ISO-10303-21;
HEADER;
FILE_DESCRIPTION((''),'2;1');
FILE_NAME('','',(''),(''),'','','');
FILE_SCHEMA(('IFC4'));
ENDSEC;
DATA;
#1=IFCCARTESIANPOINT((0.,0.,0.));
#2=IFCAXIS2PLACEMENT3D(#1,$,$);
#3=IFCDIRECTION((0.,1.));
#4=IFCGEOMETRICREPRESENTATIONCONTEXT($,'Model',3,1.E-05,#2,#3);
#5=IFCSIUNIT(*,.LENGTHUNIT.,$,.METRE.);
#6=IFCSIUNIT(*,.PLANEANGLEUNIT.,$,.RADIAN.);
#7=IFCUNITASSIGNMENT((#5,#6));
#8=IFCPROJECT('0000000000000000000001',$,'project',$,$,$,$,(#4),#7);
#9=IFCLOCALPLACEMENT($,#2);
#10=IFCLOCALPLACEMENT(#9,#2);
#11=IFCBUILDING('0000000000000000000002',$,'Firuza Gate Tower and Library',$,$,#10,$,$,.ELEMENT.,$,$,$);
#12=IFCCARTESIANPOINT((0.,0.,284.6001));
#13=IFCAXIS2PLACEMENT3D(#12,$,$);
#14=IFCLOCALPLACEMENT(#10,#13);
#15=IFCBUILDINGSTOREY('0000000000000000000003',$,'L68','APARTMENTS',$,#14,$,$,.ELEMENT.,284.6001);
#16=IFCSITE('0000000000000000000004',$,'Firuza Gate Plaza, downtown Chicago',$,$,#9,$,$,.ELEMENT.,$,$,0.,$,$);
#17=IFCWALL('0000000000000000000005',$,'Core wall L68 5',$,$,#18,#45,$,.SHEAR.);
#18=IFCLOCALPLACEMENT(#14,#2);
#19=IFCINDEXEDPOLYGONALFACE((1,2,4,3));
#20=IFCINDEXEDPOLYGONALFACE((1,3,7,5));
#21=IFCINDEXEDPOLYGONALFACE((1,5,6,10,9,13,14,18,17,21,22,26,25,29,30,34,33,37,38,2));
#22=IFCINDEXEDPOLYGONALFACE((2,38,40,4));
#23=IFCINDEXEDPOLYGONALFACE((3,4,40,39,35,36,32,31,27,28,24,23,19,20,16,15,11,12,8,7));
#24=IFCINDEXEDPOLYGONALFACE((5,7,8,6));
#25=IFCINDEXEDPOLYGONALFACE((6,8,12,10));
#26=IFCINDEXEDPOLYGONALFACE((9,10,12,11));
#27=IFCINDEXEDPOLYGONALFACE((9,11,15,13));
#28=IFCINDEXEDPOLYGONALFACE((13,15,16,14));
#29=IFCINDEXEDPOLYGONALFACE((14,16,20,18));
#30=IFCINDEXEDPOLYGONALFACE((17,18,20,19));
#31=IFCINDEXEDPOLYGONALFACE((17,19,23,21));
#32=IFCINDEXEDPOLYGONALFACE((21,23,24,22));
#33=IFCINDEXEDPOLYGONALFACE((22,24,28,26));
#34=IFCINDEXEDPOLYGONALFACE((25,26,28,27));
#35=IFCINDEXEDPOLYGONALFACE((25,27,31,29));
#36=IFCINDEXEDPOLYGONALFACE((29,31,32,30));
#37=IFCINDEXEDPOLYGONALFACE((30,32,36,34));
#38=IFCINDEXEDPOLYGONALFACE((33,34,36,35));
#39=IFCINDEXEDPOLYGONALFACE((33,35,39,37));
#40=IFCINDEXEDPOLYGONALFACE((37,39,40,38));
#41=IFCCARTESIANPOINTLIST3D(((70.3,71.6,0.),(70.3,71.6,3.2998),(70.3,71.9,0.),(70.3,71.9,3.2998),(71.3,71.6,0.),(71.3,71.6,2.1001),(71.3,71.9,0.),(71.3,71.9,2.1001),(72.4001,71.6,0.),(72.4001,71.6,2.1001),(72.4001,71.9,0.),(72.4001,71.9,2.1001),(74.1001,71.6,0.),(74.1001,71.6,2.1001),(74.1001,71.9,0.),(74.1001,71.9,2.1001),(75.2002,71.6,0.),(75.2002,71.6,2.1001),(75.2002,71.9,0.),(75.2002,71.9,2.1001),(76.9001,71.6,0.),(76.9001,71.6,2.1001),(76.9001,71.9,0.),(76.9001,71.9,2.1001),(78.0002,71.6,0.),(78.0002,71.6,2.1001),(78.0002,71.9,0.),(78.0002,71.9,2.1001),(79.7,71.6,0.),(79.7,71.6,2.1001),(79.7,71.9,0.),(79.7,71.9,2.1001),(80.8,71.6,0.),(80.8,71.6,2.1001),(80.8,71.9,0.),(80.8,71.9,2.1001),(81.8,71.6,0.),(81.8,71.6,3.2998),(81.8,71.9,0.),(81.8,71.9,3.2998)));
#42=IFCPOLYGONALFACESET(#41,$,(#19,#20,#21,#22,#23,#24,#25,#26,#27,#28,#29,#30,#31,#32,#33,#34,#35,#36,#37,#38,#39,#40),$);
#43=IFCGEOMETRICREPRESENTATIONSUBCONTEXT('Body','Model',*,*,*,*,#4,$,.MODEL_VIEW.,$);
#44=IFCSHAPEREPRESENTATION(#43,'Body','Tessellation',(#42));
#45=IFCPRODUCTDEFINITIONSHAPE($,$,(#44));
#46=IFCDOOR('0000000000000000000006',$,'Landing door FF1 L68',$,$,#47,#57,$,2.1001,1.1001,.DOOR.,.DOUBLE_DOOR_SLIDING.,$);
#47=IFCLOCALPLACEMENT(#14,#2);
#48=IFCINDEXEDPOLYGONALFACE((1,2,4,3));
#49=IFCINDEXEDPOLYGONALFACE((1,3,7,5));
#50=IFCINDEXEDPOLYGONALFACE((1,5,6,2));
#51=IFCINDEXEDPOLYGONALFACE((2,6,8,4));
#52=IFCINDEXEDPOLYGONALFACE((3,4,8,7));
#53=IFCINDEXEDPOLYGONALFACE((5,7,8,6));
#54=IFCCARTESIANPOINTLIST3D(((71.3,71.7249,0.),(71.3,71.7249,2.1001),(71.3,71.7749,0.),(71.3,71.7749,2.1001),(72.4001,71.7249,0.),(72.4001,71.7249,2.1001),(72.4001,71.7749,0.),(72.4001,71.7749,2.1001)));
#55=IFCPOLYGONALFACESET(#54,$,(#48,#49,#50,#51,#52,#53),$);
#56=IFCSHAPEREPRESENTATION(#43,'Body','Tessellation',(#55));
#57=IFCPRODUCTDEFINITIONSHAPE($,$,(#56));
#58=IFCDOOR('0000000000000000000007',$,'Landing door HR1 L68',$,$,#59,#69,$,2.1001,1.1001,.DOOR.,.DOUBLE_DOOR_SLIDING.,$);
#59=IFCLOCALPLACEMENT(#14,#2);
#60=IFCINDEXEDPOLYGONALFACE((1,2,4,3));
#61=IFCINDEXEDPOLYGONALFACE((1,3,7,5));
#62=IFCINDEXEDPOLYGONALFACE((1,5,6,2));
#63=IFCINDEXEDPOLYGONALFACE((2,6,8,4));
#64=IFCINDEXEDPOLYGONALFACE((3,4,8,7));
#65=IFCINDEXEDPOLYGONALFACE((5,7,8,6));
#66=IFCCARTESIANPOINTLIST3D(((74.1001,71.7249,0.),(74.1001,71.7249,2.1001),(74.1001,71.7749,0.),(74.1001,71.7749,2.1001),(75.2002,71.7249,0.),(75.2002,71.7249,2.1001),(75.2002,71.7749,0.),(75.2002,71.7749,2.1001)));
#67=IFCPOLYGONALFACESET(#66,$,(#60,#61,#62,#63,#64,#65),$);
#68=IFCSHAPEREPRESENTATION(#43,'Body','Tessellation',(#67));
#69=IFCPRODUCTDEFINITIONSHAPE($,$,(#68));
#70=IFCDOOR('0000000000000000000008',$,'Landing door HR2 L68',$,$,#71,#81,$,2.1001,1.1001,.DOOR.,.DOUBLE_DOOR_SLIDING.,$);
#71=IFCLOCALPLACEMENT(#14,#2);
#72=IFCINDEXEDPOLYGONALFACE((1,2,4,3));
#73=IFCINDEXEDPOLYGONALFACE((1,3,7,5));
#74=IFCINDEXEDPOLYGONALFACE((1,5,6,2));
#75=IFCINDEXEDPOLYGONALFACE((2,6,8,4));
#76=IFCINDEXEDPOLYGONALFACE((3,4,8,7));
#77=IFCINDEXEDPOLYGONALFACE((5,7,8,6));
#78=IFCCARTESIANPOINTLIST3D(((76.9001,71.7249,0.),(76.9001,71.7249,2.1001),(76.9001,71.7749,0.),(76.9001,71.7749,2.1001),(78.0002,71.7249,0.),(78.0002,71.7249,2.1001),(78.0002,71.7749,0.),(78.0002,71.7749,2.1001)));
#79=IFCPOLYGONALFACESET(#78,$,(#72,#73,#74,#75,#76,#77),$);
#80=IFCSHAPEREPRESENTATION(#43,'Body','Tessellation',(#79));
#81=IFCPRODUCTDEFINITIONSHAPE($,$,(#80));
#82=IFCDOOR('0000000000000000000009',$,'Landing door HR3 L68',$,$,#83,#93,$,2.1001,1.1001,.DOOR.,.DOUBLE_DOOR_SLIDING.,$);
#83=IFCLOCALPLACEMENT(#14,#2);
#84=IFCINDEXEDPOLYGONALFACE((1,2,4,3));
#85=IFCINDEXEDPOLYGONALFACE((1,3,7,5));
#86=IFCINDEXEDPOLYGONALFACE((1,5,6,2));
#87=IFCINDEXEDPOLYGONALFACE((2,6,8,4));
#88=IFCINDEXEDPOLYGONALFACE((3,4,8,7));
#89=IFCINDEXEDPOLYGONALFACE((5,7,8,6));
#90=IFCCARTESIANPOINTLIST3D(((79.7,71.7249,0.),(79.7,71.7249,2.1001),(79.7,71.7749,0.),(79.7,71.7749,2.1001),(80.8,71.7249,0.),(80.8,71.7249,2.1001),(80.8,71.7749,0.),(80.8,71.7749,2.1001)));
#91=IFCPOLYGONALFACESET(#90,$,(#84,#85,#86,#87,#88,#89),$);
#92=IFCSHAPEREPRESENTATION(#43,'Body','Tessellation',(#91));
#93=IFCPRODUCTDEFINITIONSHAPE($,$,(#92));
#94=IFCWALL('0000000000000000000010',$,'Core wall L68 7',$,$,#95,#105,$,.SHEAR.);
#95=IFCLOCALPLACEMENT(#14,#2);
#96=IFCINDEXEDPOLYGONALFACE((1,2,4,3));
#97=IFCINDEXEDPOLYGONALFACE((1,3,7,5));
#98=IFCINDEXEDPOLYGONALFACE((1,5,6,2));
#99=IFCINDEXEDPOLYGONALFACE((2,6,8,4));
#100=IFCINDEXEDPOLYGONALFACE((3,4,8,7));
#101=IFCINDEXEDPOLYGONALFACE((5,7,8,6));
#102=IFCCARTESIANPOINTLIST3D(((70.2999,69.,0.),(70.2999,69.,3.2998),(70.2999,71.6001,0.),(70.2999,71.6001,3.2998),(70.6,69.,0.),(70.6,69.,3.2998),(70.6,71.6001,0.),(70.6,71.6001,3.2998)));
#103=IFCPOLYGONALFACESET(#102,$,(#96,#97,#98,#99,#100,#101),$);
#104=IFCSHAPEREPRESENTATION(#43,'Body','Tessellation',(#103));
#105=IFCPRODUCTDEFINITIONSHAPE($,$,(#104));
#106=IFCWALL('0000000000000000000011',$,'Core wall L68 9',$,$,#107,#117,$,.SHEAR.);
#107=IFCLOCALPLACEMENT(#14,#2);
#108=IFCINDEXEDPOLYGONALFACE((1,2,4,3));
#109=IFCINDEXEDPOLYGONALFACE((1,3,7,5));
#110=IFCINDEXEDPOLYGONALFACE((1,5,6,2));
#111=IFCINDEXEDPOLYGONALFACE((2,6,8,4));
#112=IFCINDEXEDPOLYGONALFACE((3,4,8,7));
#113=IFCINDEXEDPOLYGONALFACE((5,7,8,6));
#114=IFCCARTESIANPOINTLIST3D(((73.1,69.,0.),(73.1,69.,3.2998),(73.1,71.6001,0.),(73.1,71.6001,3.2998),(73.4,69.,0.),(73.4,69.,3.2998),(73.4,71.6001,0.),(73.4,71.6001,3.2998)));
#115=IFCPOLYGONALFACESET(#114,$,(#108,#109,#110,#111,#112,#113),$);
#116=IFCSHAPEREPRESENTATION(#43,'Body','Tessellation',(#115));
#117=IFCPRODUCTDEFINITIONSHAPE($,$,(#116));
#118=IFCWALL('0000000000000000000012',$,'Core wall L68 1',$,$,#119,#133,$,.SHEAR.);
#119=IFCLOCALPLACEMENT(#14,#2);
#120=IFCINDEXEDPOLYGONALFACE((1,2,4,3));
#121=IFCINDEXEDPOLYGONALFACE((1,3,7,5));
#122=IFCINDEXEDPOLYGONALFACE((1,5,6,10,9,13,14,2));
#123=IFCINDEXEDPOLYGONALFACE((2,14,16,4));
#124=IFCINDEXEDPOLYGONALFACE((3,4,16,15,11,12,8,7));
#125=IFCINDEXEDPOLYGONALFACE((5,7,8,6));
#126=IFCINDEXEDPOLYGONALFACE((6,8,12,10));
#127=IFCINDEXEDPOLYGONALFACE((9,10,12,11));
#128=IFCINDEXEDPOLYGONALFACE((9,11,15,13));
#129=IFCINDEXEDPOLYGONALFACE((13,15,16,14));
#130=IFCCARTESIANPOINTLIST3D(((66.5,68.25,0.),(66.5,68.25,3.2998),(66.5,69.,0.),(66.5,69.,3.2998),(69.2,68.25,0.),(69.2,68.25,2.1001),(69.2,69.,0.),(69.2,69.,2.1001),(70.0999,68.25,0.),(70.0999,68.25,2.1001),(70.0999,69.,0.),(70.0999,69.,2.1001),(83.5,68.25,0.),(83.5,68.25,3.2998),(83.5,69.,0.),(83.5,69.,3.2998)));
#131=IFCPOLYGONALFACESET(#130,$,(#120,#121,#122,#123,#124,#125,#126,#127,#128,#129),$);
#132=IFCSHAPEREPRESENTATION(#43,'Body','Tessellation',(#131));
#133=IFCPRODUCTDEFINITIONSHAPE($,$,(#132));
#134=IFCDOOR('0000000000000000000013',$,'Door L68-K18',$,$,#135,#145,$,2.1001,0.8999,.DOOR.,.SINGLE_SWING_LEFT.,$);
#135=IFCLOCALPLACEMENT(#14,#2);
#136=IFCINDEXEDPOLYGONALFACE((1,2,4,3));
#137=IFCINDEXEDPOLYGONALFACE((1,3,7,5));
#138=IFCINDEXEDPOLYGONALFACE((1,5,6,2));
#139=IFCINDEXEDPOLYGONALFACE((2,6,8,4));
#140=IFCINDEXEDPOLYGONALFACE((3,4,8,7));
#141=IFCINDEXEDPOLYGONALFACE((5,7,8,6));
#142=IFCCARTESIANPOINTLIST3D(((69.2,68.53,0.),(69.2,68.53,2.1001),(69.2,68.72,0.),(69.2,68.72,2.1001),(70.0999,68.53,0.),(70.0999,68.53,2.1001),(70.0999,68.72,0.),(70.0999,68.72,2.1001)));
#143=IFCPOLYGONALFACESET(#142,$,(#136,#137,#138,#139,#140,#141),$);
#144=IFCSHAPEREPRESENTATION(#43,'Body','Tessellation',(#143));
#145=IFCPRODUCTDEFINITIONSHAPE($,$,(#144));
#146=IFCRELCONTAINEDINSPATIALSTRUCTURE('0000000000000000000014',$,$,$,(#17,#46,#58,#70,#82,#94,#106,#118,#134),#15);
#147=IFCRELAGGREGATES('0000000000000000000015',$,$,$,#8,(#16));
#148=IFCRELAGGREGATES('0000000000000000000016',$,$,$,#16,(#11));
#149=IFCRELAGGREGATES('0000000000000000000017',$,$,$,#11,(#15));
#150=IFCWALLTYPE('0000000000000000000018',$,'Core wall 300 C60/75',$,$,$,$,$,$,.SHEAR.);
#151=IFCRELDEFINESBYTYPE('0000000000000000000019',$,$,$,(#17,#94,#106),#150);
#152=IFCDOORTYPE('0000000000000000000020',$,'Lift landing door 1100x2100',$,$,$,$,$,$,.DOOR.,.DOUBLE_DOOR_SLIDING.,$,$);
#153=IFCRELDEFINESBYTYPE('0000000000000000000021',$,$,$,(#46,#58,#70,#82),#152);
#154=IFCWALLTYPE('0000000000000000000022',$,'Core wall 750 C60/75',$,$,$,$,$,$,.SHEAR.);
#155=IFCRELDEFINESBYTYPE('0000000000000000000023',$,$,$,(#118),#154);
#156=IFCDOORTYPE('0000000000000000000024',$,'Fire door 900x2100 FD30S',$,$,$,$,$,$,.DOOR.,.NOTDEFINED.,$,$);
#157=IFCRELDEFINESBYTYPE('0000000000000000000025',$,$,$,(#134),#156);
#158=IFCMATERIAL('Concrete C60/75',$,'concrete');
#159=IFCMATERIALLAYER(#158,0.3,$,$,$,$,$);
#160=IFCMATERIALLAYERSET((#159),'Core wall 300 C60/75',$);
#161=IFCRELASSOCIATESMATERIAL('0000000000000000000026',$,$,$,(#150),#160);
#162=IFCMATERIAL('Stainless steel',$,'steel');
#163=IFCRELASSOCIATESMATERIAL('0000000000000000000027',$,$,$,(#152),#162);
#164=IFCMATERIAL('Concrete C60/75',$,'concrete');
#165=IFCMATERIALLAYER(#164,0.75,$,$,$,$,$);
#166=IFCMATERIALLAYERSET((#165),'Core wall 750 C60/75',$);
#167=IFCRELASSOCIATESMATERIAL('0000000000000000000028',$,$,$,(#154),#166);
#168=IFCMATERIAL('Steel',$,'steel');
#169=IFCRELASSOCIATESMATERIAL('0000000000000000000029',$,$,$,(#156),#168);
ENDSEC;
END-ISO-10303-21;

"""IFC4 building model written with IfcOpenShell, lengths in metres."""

from ifc_helpers import new_model, si_unit, direction, frame, frame_2d, origin, place, context, subcontext, project, spatial, rectangle, extrude, material, layer, layer_set, type_object, element, fill, save


model = new_model("IFC4")

# Units and contexts
model_context = context("Model", 3, precision=1e-05, world=origin(), true_north=direction((0.0, 1.0)))
body_context = subcontext(model_context, "Body", "Model", "MODEL_VIEW")
ifc_project = project(units=[si_unit("LENGTHUNIT", "METRE"), si_unit("PLANEANGLEUNIT", "RADIAN")], contexts=[model_context])

# Site, building, storey
site_placement = place(None, origin())
site = spatial("IfcSite", under=ifc_project, at=site_placement, Name="Firuza Gate Plaza, downtown Chicago", CompositionType="ELEMENT", RefElevation=0.0)
building_placement = place(site_placement, origin())
building = spatial("IfcBuilding", under=site, at=building_placement, Name="Firuza Gate Tower and Library", CompositionType="ELEMENT")
storey_placement = place(building_placement, frame((0.0, 0.0, 284.6001)))
storey = spatial("IfcBuildingStorey", under=building, at=storey_placement, Name="L68", Description="APARTMENTS", CompositionType="ELEMENT", Elevation=284.6001)

# Wall, openings, doors
ifc_material_1 = material(Name="Concrete C60/75", Category="concrete")
ifc_layer_1 = layer(ifc_material_1, 0.3)
ifc_layer_set_1 = layer_set([ifc_layer_1], Name="Core wall 300 C60/75")
wall_type_1 = type_object("IfcWallType", Name="Core wall 300 C60/75", PredefinedType="SHEAR", material=ifc_layer_set_1)
wall_1_placement = place(storey_placement, frame((70.3, 71.75, 0.0), z_axis=(0.0, 0.0, 1.0), x_axis=(1.0, 0.0, 0.0)))
wall_1 = element("IfcWall", 1, at=wall_1_placement, inside=storey, type_object=wall_type_1, Name="Core wall L68 5", PredefinedType="SHEAR", context=body_context, shape_type="SweptSolid", body=[
    extrude(rectangle(XDim=11.5, YDim=0.3, at=frame_2d((5.75, 0.0))), origin(), (0.0, 0.0, 1.0), 3.2998),
])
opening_1_placement = place(wall_1_placement, frame((1.0, 0.0, 0.0)))
opening_1 = element("IfcOpeningElement", 2, at=opening_1_placement, cuts=wall_1, PredefinedType="OPENING", context=body_context, shape_type="SweptSolid", body=[
    extrude(rectangle(XDim=1.1001, YDim=2.1001, at=frame_2d((0.55, 1.05))), frame((0.0, 0.1602, 0.0), z_axis=(0.0, -1.0, 0.0), x_axis=(1.0, 0.0, 0.0)), (0.0, 0.0, 1.0), 0.3201),
])
opening_2_placement = place(wall_1_placement, frame((3.8, 0.0, 0.0)))
opening_2 = element("IfcOpeningElement", 3, at=opening_2_placement, cuts=wall_1, PredefinedType="OPENING", context=body_context, shape_type="SweptSolid", body=[
    extrude(rectangle(XDim=1.1001, YDim=2.1001, at=frame_2d((0.55, 1.05))), frame((0.0, 0.1602, 0.0), z_axis=(0.0, -1.0, 0.0), x_axis=(1.0, 0.0, 0.0)), (0.0, 0.0, 1.0), 0.3201),
])
opening_3_placement = place(wall_1_placement, frame((6.6001, 0.0, 0.0)))
opening_3 = element("IfcOpeningElement", 4, at=opening_3_placement, cuts=wall_1, PredefinedType="OPENING", context=body_context, shape_type="SweptSolid", body=[
    extrude(rectangle(XDim=1.1001, YDim=2.1001, at=frame_2d((0.55, 1.05))), frame((0.0, 0.1602, 0.0), z_axis=(0.0, -1.0, 0.0), x_axis=(1.0, 0.0, 0.0)), (0.0, 0.0, 1.0), 0.3201),
])
opening_4_placement = place(wall_1_placement, frame((9.3999, 0.0, 0.0)))
opening_4 = element("IfcOpeningElement", 5, at=opening_4_placement, cuts=wall_1, PredefinedType="OPENING", context=body_context, shape_type="SweptSolid", body=[
    extrude(rectangle(XDim=1.1001, YDim=2.1001, at=frame_2d((0.55, 1.05))), frame((0.0, 0.1602, 0.0), z_axis=(0.0, -1.0, 0.0), x_axis=(1.0, 0.0, 0.0)), (0.0, 0.0, 1.0), 0.3201),
])
ifc_material_2 = material(Name="Stainless steel", Category="steel")
door_type_1 = type_object("IfcDoorType", Name="Lift landing door 1100x2100", OperationType="DOUBLE_DOOR_SLIDING", PredefinedType="DOOR", material=ifc_material_2)
door_1_placement = place(opening_1_placement, origin())
door_1 = element("IfcDoor", 6, at=door_1_placement, inside=storey, type_object=door_type_1, Name="Landing door FF1 L68", OperationType="DOUBLE_DOOR_SLIDING", OverallHeight=2.1001, OverallWidth=1.1001, PredefinedType="DOOR", context=body_context, shape_type="SweptSolid", body=[
    extrude(rectangle(XDim=1.1001, YDim=2.1001, at=frame_2d((0.55, 1.05))), frame((0.0, 0.0249, 0.0), z_axis=(0.0, -1.0, 0.0), x_axis=(1.0, 0.0, 0.0)), (0.0, 0.0, 1.0), 0.05),
])
fill(opening_1, door_1)
door_2_placement = place(opening_2_placement, origin())
door_2 = element("IfcDoor", 7, at=door_2_placement, inside=storey, type_object=door_type_1, Name="Landing door HR1 L68", OperationType="DOUBLE_DOOR_SLIDING", OverallHeight=2.1001, OverallWidth=1.1001, PredefinedType="DOOR", context=body_context, shape_type="SweptSolid", body=[
    extrude(rectangle(XDim=1.1001, YDim=2.1001, at=frame_2d((0.55, 1.05))), frame((0.0, 0.0249, 0.0), z_axis=(0.0, -1.0, 0.0), x_axis=(1.0, 0.0, 0.0)), (0.0, 0.0, 1.0), 0.05),
])
fill(opening_2, door_2)
door_3_placement = place(opening_3_placement, origin())
door_3 = element("IfcDoor", 8, at=door_3_placement, inside=storey, type_object=door_type_1, Name="Landing door HR2 L68", OperationType="DOUBLE_DOOR_SLIDING", OverallHeight=2.1001, OverallWidth=1.1001, PredefinedType="DOOR", context=body_context, shape_type="SweptSolid", body=[
    extrude(rectangle(XDim=1.1001, YDim=2.1001, at=frame_2d((0.55, 1.05))), frame((0.0, 0.0249, 0.0), z_axis=(0.0, -1.0, 0.0), x_axis=(1.0, 0.0, 0.0)), (0.0, 0.0, 1.0), 0.05),
])
fill(opening_3, door_3)
door_4_placement = place(opening_4_placement, origin())
door_4 = element("IfcDoor", 9, at=door_4_placement, inside=storey, type_object=door_type_1, Name="Landing door HR3 L68", OperationType="DOUBLE_DOOR_SLIDING", OverallHeight=2.1001, OverallWidth=1.1001, PredefinedType="DOOR", context=body_context, shape_type="SweptSolid", body=[
    extrude(rectangle(XDim=1.1001, YDim=2.1001, at=frame_2d((0.55, 1.05))), frame((0.0, 0.0249, 0.0), z_axis=(0.0, -1.0, 0.0), x_axis=(1.0, 0.0, 0.0)), (0.0, 0.0, 1.0), 0.05),
])
fill(opening_4, door_4)

# Walls
for number, where, z_axis, x_axis, name in (
    (10, (70.45, 69.0, 0.0), (0.0, 0.0, 1.0), (0.0, 1.0, 0.0), "Core wall L68 7"),
    (11, (73.25, 69.0, 0.0), (0.0, 0.0, 1.0), (0.0, 1.0, 0.0), "Core wall L68 9"),
):
    element("IfcWall", number, at=place(storey_placement, frame(where, z_axis=z_axis, x_axis=x_axis)), inside=storey, type_object=wall_type_1, Name=name, PredefinedType="SHEAR", context=body_context, shape_type="SweptSolid", body=[
        extrude(rectangle(XDim=2.6001, YDim=0.3, at=frame_2d((1.3, 0.0))), origin(), (0.0, 0.0, 1.0), 3.2998),
    ])

# Wall, opening, door
ifc_material_3 = material(Name="Concrete C60/75", Category="concrete")
ifc_layer_2 = layer(ifc_material_3, 0.75)
ifc_layer_set_2 = layer_set([ifc_layer_2], Name="Core wall 750 C60/75")
wall_type_2 = type_object("IfcWallType", Name="Core wall 750 C60/75", PredefinedType="SHEAR", material=ifc_layer_set_2)
wall_2_placement = place(storey_placement, frame((66.5, 68.625, 0.0), z_axis=(0.0, 0.0, 1.0), x_axis=(1.0, 0.0, 0.0)))
wall_2 = element("IfcWall", 12, at=wall_2_placement, inside=storey, type_object=wall_type_2, Name="Core wall L68 1", PredefinedType="SHEAR", context=body_context, shape_type="SweptSolid", body=[
    extrude(rectangle(XDim=17.0, YDim=0.75, at=frame_2d((8.5, 0.0))), origin(), (0.0, 0.0, 1.0), 3.2998),
])
opening_5_placement = place(wall_2_placement, frame((2.7, 0.0, 0.0)))
opening_5 = element("IfcOpeningElement", 13, at=opening_5_placement, cuts=wall_2, PredefinedType="OPENING", context=body_context, shape_type="SweptSolid", body=[
    extrude(rectangle(XDim=0.8999, YDim=2.1001, at=frame_2d((0.45, 1.05))), frame((0.0, 0.385, 0.0), z_axis=(0.0, -1.0, 0.0), x_axis=(1.0, 0.0, 0.0)), (0.0, 0.0, 1.0), 0.77),
])
ifc_material_4 = material(Name="Steel", Category="steel")
door_type_2 = type_object("IfcDoorType", Name="Fire door 900x2100 FD30S", OperationType="NOTDEFINED", PredefinedType="DOOR", material=ifc_material_4)
door_5_placement = place(opening_5_placement, origin())
door_5 = element("IfcDoor", 14, at=door_5_placement, inside=storey, type_object=door_type_2, Name="Door L68-K18", OperationType="SINGLE_SWING_LEFT", OverallHeight=2.1001, OverallWidth=0.8999, PredefinedType="DOOR", context=body_context, shape_type="SweptSolid", body=[
    extrude(rectangle(XDim=0.8999, YDim=2.1001, at=frame_2d((0.45, 1.05))), frame((0.0, 0.095, 0.0), z_axis=(0.0, -1.0, 0.0), x_axis=(1.0, 0.0, 0.0)), (0.0, 0.0, 1.0), 0.1899),
])
fill(opening_5, door_5)

save(model, "model.ifc")
